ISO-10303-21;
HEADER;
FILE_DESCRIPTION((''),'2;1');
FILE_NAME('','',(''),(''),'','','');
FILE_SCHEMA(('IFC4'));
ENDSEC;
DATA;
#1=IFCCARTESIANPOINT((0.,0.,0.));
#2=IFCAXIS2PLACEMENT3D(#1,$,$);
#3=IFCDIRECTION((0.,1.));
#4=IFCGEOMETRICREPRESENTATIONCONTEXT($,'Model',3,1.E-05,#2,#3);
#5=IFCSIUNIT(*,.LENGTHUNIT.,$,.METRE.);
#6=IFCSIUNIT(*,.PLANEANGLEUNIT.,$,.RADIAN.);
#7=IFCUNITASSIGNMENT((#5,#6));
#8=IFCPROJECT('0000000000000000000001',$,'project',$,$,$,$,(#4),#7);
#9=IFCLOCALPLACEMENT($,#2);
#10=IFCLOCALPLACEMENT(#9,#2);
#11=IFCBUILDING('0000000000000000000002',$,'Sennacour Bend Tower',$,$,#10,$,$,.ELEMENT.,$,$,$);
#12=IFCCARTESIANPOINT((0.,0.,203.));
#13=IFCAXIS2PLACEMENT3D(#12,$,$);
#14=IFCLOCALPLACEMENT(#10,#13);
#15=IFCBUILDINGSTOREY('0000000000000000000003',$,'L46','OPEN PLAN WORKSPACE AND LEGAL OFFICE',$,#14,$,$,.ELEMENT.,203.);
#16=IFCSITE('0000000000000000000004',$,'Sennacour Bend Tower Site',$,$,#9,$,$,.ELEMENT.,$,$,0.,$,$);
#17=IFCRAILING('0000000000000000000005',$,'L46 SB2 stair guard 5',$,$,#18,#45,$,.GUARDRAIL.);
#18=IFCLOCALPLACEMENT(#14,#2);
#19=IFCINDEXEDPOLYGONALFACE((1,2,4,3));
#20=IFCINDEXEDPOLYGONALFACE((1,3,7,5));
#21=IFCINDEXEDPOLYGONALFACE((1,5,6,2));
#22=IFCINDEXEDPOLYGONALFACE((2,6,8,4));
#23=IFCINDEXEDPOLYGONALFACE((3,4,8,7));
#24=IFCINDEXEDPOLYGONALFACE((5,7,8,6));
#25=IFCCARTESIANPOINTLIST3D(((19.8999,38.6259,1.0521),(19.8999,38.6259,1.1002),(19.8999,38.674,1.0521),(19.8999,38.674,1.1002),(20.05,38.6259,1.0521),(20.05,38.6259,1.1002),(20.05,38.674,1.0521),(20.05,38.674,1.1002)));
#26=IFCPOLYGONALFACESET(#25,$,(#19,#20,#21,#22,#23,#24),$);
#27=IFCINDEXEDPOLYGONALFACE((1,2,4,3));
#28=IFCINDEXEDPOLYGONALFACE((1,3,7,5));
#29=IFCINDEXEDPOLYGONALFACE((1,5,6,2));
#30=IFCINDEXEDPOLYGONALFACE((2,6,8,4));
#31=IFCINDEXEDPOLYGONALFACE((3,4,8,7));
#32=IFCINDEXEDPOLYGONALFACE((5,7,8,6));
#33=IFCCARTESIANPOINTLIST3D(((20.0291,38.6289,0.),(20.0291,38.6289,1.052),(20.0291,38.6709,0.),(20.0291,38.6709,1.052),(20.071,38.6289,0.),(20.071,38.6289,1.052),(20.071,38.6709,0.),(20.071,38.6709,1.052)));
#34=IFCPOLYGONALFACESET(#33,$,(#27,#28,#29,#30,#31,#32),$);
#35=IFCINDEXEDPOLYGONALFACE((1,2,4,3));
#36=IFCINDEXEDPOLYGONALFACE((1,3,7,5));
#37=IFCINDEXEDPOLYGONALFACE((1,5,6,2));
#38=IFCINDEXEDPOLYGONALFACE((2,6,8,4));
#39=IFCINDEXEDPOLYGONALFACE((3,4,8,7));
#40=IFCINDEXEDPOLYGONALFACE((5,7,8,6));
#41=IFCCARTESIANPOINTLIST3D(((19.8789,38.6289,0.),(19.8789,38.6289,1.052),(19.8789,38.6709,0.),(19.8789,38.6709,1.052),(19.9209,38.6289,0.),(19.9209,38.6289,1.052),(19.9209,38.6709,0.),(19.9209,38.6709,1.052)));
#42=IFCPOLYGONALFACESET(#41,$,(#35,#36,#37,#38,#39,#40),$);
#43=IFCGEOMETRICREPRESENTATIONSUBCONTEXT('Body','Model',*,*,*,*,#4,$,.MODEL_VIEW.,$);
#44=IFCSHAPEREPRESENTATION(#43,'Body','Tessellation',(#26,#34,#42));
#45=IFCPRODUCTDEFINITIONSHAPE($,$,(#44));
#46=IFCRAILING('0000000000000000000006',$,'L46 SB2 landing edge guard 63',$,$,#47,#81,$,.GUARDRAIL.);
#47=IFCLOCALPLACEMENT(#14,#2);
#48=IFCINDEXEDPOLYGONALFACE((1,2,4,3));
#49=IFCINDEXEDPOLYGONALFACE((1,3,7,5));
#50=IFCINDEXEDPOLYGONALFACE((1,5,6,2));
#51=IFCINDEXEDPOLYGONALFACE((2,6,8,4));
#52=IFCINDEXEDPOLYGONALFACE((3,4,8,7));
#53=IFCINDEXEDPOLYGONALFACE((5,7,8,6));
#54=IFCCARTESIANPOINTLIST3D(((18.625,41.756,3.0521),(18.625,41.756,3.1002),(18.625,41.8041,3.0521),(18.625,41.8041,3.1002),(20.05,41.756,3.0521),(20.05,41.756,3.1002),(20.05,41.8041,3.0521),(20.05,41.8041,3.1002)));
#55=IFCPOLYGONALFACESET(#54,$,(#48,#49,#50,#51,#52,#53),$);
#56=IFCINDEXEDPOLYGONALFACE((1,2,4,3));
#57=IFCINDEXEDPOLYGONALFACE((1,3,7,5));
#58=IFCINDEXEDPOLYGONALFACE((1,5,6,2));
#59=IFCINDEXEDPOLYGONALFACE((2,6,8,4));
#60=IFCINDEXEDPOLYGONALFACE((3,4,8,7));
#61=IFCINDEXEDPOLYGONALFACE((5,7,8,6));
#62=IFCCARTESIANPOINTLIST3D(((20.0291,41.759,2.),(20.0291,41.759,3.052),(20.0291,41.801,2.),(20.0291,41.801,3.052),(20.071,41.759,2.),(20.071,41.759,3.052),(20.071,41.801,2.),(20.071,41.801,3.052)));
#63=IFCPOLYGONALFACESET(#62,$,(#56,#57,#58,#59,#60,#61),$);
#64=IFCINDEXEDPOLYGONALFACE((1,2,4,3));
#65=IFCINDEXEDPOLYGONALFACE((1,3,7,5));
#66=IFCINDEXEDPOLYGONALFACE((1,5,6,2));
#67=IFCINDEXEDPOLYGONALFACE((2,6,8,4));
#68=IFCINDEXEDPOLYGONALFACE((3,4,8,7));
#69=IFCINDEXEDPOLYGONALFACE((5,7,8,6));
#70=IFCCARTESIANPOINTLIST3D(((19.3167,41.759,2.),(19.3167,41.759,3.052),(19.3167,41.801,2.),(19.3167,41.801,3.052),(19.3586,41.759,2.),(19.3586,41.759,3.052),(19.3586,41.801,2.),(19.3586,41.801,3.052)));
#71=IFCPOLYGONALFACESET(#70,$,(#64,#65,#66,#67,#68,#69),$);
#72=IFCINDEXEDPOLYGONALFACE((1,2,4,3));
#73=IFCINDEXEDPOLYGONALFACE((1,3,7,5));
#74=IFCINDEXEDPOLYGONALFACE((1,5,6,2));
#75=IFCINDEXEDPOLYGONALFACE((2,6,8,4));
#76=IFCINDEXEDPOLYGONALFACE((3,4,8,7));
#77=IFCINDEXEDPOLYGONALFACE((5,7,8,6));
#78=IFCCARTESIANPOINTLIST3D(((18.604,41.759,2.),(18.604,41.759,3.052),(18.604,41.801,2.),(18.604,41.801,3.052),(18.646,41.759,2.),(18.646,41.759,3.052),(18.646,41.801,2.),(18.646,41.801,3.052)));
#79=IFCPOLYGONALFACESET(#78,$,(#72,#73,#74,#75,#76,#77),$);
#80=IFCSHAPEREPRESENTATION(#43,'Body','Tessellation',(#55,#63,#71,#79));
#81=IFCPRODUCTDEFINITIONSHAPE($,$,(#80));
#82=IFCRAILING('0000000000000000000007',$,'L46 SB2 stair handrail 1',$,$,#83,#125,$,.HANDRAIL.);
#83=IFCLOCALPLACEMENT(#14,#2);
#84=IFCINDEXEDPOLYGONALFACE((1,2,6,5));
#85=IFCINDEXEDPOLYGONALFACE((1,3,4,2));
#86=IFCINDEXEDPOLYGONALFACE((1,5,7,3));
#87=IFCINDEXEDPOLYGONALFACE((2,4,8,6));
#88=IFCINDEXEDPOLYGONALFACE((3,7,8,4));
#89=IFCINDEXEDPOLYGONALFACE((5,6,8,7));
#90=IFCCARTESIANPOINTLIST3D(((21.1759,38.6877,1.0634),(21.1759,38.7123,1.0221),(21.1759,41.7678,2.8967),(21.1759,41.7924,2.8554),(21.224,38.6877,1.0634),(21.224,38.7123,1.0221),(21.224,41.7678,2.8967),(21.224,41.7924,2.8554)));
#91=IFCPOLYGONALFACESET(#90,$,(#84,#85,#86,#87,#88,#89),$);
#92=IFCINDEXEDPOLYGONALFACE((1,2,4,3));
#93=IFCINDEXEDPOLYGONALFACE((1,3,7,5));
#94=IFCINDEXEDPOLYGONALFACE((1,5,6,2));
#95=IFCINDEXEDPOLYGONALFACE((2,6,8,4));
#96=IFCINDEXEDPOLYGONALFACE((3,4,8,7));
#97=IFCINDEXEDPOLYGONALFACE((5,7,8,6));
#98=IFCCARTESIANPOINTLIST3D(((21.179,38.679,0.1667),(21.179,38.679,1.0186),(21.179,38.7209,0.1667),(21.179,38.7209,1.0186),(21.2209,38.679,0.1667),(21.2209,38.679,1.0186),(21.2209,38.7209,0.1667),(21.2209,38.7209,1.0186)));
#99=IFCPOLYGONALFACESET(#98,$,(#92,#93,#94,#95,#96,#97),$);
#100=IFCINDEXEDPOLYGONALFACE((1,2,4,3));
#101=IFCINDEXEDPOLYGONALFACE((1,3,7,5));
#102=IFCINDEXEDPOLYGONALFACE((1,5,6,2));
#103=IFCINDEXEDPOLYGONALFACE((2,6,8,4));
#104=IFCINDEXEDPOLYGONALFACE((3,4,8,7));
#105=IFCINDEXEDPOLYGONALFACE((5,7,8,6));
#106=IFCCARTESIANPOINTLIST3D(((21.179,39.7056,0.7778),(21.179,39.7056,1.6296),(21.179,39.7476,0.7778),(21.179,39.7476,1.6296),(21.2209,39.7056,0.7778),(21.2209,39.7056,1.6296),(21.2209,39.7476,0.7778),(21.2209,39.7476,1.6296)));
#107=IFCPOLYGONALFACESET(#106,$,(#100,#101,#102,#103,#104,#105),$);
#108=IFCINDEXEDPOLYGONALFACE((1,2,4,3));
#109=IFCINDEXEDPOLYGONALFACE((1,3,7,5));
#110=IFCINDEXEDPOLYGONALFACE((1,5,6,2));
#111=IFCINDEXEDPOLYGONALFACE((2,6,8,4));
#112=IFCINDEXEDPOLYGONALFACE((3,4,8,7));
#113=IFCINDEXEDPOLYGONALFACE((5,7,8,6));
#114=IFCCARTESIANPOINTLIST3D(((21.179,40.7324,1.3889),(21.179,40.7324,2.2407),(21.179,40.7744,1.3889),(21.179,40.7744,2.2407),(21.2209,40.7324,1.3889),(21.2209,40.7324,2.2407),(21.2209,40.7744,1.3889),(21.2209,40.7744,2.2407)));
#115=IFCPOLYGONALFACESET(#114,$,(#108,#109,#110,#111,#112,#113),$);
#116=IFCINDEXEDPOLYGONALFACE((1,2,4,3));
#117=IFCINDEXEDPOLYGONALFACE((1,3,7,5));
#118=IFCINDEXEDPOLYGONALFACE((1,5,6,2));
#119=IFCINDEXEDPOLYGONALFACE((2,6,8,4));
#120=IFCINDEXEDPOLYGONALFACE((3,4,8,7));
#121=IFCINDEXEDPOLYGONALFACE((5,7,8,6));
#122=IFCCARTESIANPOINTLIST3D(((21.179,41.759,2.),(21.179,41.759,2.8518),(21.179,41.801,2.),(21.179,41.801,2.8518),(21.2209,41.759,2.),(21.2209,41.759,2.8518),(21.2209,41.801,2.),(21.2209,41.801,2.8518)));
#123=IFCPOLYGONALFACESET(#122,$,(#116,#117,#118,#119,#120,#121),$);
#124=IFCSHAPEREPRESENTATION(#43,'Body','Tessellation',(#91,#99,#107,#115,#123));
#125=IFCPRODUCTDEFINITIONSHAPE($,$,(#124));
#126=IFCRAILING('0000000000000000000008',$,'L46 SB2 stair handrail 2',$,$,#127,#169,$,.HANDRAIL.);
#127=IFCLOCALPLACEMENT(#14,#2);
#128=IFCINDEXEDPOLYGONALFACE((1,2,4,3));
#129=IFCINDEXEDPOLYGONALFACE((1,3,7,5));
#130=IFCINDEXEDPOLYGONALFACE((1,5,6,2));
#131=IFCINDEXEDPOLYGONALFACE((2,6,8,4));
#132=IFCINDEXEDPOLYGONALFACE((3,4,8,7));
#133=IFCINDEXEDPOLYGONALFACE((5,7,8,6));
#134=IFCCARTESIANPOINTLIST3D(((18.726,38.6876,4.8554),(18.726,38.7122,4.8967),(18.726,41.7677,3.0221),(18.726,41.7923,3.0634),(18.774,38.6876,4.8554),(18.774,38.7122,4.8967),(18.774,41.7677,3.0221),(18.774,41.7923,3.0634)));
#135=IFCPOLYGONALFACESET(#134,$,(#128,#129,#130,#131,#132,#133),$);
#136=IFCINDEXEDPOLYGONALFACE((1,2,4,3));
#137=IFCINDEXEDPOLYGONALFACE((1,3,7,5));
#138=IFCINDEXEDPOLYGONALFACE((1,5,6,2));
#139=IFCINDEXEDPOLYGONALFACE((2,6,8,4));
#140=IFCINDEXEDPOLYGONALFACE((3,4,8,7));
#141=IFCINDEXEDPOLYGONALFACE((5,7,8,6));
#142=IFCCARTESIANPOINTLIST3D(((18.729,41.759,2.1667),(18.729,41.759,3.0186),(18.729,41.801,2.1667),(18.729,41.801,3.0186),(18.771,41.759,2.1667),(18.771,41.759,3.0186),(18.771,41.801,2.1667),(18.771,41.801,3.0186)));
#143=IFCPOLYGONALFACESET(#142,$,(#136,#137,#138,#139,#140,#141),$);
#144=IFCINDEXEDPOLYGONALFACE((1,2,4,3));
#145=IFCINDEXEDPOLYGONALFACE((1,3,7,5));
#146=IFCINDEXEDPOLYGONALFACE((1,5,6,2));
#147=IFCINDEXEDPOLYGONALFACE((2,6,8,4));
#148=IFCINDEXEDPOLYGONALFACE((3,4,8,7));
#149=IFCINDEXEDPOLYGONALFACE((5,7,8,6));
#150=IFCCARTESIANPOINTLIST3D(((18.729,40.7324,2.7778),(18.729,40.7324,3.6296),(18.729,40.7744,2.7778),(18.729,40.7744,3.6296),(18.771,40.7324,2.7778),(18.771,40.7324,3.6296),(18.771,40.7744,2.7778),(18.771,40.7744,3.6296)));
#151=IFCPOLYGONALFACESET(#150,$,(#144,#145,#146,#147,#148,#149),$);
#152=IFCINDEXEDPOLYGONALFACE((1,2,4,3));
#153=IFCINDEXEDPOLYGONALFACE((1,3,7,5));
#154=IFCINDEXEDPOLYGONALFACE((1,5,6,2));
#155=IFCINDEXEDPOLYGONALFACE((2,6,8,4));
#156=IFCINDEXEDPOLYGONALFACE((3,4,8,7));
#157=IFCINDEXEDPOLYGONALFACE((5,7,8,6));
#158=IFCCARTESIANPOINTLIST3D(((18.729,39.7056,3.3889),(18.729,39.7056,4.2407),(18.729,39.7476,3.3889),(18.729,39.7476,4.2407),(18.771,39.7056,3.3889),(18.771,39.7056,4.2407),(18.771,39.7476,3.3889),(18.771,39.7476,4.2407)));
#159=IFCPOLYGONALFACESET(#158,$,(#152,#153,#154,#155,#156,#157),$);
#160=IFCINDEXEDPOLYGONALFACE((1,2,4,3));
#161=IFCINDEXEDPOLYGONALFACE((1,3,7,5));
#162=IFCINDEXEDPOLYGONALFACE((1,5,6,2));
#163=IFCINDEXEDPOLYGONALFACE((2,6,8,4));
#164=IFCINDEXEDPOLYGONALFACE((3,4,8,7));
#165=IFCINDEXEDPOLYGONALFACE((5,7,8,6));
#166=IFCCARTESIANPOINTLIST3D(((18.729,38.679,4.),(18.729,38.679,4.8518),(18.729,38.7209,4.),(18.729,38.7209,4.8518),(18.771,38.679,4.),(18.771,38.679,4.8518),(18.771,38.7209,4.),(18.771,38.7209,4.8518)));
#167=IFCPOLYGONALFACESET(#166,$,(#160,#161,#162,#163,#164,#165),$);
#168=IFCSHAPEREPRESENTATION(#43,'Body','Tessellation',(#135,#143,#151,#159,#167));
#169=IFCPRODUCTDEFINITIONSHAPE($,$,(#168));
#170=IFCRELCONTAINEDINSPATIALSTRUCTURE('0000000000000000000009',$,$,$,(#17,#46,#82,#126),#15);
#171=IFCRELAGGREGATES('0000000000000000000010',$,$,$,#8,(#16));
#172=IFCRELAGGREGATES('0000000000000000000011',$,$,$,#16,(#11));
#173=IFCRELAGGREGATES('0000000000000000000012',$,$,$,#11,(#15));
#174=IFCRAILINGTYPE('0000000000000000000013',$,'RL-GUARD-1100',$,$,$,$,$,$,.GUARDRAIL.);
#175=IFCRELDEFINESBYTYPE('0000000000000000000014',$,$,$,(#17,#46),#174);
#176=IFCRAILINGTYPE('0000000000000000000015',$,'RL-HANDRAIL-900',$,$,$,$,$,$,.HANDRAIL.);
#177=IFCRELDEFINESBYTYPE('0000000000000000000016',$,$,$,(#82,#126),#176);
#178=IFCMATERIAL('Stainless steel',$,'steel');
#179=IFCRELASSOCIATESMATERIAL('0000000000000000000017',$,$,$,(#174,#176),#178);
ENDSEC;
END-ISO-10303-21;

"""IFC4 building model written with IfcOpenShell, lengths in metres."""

from ifc_helpers import new_model, si_unit, direction, frame, origin, origin_2d, place, context, subcontext, project, spatial, rectangle, extrude, material, type_object, element, save


model = new_model("IFC4")

# Units and contexts
model_context = context("Model", 3, precision=1e-05, world=origin(), true_north=direction((0.0, 1.0)))
body_context = subcontext(model_context, "Body", "Model", "MODEL_VIEW")
ifc_project = project(units=[si_unit("LENGTHUNIT", "METRE"), si_unit("PLANEANGLEUNIT", "RADIAN")], contexts=[model_context])

# Site, building, storey
site_placement = place(None, origin())
site = spatial("IfcSite", under=ifc_project, at=site_placement, Name="Sennacour Bend Tower Site", CompositionType="ELEMENT", RefElevation=0.0)
building_placement = place(site_placement, origin())
building = spatial("IfcBuilding", under=site, at=building_placement, Name="Sennacour Bend Tower", CompositionType="ELEMENT")
storey_placement = place(building_placement, frame((0.0, 0.0, 203.0)))
storey = spatial("IfcBuildingStorey", under=building, at=storey_placement, Name="L46", Description="OPEN PLAN WORKSPACE AND LEGAL OFFICE", CompositionType="ELEMENT", Elevation=203.0)

# Shared definitions
ifc_material_1 = material(Name="Stainless steel", Category="steel")

# Railings
railing_type_1 = type_object("IfcRailingType", Name="RL-GUARD-1100", PredefinedType="GUARDRAIL", material=ifc_material_1)
railing_1_placement = place(storey_placement, frame((20.05, 38.6499, 0.0)))
element("IfcRailing", 1, at=railing_1_placement, inside=storey, type_object=railing_type_1, Name="L46 SB2 stair guard 5", PredefinedType="GUARDRAIL", context=body_context, shape_type="SweptSolid", body=[
    extrude(rectangle(XDim=0.0481, YDim=0.0481, at=origin_2d()), frame((0.0, 0.0, 1.0762), z_axis=(-1.0, 0.0, 0.0), x_axis=(0.0, -1.0, 0.0)), (0.0, 0.0, 1.0), 0.1501),
    extrude(rectangle(XDim=0.042, YDim=0.042, at=origin_2d()), origin(), (0.0, 0.0, 1.0), 1.052),
    extrude(rectangle(XDim=0.042, YDim=0.042, at=origin_2d()), frame((-0.1501, 0.0, 0.0)), (0.0, 0.0, 1.0), 1.052),
])
railing_2_placement = place(storey_placement, frame((20.05, 41.78, 2.0)))
element("IfcRailing", 2, at=railing_2_placement, inside=storey, type_object=railing_type_1, Name="L46 SB2 landing edge guard 63", PredefinedType="GUARDRAIL", context=body_context, shape_type="SweptSolid", body=[
    extrude(rectangle(XDim=0.0481, YDim=0.0481, at=origin_2d()), frame((0.0, 0.0, 1.0762), z_axis=(-1.0, 0.0, 0.0), x_axis=(0.0, -1.0, 0.0)), (0.0, 0.0, 1.0), 1.425),
    extrude(rectangle(XDim=0.042, YDim=0.042, at=origin_2d()), origin(), (0.0, 0.0, 1.0), 1.052),
    extrude(rectangle(XDim=0.042, YDim=0.042, at=origin_2d()), frame((-0.7124, 0.0, 0.0)), (0.0, 0.0, 1.0), 1.052),
    extrude(rectangle(XDim=0.042, YDim=0.042, at=origin_2d()), frame((-1.425, 0.0, 0.0)), (0.0, 0.0, 1.0), 1.052),
])
railing_type_2 = type_object("IfcRailingType", Name="RL-HANDRAIL-900", PredefinedType="HANDRAIL", material=ifc_material_1)
railing_3_placement = place(storey_placement, frame((21.2, 38.7, 0.1667)))
element("IfcRailing", 3, at=railing_3_placement, inside=storey, type_object=railing_type_2, Name="L46 SB2 stair handrail 1", PredefinedType="HANDRAIL", context=body_context, shape_type="SweptSolid", body=[
    extrude(rectangle(XDim=0.0481, YDim=0.0481, at=origin_2d()), frame((0.0, 0.0, 0.876), z_axis=(0.0, 0.859309, 0.511458), x_axis=(-1.0, 0.0, 0.0)), (0.0, 0.0, 1.0), 3.5845),
    extrude(rectangle(XDim=0.042, YDim=0.042, at=origin_2d()), origin(), (0.0, 0.0, 1.0), 0.8518),
    extrude(rectangle(XDim=0.042, YDim=0.042, at=origin_2d()), frame((0.0, 1.0266, 0.6111)), (0.0, 0.0, 1.0), 0.8518),
    extrude(rectangle(XDim=0.042, YDim=0.042, at=origin_2d()), frame((0.0, 2.0535, 1.2222)), (0.0, 0.0, 1.0), 0.8518),
    extrude(rectangle(XDim=0.042, YDim=0.042, at=origin_2d()), frame((0.0, 3.0801, 1.8333)), (0.0, 0.0, 1.0), 0.8518),
])
railing_4_placement = place(storey_placement, frame((18.75, 41.78, 2.1667)))
element("IfcRailing", 4, at=railing_4_placement, inside=storey, type_object=railing_type_2, Name="L46 SB2 stair handrail 2", PredefinedType="HANDRAIL", context=body_context, shape_type="SweptSolid", body=[
    extrude(rectangle(XDim=0.0481, YDim=0.0481, at=origin_2d()), frame((0.0, 0.0, 0.876), z_axis=(0.0, -0.859309, 0.511458), x_axis=(1.0, 0.0, 0.0)), (0.0, 0.0, 1.0), 3.5845),
    extrude(rectangle(XDim=0.042, YDim=0.042, at=origin_2d()), origin(), (0.0, 0.0, 1.0), 0.8518),
    extrude(rectangle(XDim=0.042, YDim=0.042, at=origin_2d()), frame((0.0, -1.0266, 0.6111)), (0.0, 0.0, 1.0), 0.8518),
    extrude(rectangle(XDim=0.042, YDim=0.042, at=origin_2d()), frame((0.0, -2.0535, 1.2222)), (0.0, 0.0, 1.0), 0.8518),
    extrude(rectangle(XDim=0.042, YDim=0.042, at=origin_2d()), frame((0.0, -3.0801, 1.8333)), (0.0, 0.0, 1.0), 0.8518),
])

save(model, "model.ifc")
